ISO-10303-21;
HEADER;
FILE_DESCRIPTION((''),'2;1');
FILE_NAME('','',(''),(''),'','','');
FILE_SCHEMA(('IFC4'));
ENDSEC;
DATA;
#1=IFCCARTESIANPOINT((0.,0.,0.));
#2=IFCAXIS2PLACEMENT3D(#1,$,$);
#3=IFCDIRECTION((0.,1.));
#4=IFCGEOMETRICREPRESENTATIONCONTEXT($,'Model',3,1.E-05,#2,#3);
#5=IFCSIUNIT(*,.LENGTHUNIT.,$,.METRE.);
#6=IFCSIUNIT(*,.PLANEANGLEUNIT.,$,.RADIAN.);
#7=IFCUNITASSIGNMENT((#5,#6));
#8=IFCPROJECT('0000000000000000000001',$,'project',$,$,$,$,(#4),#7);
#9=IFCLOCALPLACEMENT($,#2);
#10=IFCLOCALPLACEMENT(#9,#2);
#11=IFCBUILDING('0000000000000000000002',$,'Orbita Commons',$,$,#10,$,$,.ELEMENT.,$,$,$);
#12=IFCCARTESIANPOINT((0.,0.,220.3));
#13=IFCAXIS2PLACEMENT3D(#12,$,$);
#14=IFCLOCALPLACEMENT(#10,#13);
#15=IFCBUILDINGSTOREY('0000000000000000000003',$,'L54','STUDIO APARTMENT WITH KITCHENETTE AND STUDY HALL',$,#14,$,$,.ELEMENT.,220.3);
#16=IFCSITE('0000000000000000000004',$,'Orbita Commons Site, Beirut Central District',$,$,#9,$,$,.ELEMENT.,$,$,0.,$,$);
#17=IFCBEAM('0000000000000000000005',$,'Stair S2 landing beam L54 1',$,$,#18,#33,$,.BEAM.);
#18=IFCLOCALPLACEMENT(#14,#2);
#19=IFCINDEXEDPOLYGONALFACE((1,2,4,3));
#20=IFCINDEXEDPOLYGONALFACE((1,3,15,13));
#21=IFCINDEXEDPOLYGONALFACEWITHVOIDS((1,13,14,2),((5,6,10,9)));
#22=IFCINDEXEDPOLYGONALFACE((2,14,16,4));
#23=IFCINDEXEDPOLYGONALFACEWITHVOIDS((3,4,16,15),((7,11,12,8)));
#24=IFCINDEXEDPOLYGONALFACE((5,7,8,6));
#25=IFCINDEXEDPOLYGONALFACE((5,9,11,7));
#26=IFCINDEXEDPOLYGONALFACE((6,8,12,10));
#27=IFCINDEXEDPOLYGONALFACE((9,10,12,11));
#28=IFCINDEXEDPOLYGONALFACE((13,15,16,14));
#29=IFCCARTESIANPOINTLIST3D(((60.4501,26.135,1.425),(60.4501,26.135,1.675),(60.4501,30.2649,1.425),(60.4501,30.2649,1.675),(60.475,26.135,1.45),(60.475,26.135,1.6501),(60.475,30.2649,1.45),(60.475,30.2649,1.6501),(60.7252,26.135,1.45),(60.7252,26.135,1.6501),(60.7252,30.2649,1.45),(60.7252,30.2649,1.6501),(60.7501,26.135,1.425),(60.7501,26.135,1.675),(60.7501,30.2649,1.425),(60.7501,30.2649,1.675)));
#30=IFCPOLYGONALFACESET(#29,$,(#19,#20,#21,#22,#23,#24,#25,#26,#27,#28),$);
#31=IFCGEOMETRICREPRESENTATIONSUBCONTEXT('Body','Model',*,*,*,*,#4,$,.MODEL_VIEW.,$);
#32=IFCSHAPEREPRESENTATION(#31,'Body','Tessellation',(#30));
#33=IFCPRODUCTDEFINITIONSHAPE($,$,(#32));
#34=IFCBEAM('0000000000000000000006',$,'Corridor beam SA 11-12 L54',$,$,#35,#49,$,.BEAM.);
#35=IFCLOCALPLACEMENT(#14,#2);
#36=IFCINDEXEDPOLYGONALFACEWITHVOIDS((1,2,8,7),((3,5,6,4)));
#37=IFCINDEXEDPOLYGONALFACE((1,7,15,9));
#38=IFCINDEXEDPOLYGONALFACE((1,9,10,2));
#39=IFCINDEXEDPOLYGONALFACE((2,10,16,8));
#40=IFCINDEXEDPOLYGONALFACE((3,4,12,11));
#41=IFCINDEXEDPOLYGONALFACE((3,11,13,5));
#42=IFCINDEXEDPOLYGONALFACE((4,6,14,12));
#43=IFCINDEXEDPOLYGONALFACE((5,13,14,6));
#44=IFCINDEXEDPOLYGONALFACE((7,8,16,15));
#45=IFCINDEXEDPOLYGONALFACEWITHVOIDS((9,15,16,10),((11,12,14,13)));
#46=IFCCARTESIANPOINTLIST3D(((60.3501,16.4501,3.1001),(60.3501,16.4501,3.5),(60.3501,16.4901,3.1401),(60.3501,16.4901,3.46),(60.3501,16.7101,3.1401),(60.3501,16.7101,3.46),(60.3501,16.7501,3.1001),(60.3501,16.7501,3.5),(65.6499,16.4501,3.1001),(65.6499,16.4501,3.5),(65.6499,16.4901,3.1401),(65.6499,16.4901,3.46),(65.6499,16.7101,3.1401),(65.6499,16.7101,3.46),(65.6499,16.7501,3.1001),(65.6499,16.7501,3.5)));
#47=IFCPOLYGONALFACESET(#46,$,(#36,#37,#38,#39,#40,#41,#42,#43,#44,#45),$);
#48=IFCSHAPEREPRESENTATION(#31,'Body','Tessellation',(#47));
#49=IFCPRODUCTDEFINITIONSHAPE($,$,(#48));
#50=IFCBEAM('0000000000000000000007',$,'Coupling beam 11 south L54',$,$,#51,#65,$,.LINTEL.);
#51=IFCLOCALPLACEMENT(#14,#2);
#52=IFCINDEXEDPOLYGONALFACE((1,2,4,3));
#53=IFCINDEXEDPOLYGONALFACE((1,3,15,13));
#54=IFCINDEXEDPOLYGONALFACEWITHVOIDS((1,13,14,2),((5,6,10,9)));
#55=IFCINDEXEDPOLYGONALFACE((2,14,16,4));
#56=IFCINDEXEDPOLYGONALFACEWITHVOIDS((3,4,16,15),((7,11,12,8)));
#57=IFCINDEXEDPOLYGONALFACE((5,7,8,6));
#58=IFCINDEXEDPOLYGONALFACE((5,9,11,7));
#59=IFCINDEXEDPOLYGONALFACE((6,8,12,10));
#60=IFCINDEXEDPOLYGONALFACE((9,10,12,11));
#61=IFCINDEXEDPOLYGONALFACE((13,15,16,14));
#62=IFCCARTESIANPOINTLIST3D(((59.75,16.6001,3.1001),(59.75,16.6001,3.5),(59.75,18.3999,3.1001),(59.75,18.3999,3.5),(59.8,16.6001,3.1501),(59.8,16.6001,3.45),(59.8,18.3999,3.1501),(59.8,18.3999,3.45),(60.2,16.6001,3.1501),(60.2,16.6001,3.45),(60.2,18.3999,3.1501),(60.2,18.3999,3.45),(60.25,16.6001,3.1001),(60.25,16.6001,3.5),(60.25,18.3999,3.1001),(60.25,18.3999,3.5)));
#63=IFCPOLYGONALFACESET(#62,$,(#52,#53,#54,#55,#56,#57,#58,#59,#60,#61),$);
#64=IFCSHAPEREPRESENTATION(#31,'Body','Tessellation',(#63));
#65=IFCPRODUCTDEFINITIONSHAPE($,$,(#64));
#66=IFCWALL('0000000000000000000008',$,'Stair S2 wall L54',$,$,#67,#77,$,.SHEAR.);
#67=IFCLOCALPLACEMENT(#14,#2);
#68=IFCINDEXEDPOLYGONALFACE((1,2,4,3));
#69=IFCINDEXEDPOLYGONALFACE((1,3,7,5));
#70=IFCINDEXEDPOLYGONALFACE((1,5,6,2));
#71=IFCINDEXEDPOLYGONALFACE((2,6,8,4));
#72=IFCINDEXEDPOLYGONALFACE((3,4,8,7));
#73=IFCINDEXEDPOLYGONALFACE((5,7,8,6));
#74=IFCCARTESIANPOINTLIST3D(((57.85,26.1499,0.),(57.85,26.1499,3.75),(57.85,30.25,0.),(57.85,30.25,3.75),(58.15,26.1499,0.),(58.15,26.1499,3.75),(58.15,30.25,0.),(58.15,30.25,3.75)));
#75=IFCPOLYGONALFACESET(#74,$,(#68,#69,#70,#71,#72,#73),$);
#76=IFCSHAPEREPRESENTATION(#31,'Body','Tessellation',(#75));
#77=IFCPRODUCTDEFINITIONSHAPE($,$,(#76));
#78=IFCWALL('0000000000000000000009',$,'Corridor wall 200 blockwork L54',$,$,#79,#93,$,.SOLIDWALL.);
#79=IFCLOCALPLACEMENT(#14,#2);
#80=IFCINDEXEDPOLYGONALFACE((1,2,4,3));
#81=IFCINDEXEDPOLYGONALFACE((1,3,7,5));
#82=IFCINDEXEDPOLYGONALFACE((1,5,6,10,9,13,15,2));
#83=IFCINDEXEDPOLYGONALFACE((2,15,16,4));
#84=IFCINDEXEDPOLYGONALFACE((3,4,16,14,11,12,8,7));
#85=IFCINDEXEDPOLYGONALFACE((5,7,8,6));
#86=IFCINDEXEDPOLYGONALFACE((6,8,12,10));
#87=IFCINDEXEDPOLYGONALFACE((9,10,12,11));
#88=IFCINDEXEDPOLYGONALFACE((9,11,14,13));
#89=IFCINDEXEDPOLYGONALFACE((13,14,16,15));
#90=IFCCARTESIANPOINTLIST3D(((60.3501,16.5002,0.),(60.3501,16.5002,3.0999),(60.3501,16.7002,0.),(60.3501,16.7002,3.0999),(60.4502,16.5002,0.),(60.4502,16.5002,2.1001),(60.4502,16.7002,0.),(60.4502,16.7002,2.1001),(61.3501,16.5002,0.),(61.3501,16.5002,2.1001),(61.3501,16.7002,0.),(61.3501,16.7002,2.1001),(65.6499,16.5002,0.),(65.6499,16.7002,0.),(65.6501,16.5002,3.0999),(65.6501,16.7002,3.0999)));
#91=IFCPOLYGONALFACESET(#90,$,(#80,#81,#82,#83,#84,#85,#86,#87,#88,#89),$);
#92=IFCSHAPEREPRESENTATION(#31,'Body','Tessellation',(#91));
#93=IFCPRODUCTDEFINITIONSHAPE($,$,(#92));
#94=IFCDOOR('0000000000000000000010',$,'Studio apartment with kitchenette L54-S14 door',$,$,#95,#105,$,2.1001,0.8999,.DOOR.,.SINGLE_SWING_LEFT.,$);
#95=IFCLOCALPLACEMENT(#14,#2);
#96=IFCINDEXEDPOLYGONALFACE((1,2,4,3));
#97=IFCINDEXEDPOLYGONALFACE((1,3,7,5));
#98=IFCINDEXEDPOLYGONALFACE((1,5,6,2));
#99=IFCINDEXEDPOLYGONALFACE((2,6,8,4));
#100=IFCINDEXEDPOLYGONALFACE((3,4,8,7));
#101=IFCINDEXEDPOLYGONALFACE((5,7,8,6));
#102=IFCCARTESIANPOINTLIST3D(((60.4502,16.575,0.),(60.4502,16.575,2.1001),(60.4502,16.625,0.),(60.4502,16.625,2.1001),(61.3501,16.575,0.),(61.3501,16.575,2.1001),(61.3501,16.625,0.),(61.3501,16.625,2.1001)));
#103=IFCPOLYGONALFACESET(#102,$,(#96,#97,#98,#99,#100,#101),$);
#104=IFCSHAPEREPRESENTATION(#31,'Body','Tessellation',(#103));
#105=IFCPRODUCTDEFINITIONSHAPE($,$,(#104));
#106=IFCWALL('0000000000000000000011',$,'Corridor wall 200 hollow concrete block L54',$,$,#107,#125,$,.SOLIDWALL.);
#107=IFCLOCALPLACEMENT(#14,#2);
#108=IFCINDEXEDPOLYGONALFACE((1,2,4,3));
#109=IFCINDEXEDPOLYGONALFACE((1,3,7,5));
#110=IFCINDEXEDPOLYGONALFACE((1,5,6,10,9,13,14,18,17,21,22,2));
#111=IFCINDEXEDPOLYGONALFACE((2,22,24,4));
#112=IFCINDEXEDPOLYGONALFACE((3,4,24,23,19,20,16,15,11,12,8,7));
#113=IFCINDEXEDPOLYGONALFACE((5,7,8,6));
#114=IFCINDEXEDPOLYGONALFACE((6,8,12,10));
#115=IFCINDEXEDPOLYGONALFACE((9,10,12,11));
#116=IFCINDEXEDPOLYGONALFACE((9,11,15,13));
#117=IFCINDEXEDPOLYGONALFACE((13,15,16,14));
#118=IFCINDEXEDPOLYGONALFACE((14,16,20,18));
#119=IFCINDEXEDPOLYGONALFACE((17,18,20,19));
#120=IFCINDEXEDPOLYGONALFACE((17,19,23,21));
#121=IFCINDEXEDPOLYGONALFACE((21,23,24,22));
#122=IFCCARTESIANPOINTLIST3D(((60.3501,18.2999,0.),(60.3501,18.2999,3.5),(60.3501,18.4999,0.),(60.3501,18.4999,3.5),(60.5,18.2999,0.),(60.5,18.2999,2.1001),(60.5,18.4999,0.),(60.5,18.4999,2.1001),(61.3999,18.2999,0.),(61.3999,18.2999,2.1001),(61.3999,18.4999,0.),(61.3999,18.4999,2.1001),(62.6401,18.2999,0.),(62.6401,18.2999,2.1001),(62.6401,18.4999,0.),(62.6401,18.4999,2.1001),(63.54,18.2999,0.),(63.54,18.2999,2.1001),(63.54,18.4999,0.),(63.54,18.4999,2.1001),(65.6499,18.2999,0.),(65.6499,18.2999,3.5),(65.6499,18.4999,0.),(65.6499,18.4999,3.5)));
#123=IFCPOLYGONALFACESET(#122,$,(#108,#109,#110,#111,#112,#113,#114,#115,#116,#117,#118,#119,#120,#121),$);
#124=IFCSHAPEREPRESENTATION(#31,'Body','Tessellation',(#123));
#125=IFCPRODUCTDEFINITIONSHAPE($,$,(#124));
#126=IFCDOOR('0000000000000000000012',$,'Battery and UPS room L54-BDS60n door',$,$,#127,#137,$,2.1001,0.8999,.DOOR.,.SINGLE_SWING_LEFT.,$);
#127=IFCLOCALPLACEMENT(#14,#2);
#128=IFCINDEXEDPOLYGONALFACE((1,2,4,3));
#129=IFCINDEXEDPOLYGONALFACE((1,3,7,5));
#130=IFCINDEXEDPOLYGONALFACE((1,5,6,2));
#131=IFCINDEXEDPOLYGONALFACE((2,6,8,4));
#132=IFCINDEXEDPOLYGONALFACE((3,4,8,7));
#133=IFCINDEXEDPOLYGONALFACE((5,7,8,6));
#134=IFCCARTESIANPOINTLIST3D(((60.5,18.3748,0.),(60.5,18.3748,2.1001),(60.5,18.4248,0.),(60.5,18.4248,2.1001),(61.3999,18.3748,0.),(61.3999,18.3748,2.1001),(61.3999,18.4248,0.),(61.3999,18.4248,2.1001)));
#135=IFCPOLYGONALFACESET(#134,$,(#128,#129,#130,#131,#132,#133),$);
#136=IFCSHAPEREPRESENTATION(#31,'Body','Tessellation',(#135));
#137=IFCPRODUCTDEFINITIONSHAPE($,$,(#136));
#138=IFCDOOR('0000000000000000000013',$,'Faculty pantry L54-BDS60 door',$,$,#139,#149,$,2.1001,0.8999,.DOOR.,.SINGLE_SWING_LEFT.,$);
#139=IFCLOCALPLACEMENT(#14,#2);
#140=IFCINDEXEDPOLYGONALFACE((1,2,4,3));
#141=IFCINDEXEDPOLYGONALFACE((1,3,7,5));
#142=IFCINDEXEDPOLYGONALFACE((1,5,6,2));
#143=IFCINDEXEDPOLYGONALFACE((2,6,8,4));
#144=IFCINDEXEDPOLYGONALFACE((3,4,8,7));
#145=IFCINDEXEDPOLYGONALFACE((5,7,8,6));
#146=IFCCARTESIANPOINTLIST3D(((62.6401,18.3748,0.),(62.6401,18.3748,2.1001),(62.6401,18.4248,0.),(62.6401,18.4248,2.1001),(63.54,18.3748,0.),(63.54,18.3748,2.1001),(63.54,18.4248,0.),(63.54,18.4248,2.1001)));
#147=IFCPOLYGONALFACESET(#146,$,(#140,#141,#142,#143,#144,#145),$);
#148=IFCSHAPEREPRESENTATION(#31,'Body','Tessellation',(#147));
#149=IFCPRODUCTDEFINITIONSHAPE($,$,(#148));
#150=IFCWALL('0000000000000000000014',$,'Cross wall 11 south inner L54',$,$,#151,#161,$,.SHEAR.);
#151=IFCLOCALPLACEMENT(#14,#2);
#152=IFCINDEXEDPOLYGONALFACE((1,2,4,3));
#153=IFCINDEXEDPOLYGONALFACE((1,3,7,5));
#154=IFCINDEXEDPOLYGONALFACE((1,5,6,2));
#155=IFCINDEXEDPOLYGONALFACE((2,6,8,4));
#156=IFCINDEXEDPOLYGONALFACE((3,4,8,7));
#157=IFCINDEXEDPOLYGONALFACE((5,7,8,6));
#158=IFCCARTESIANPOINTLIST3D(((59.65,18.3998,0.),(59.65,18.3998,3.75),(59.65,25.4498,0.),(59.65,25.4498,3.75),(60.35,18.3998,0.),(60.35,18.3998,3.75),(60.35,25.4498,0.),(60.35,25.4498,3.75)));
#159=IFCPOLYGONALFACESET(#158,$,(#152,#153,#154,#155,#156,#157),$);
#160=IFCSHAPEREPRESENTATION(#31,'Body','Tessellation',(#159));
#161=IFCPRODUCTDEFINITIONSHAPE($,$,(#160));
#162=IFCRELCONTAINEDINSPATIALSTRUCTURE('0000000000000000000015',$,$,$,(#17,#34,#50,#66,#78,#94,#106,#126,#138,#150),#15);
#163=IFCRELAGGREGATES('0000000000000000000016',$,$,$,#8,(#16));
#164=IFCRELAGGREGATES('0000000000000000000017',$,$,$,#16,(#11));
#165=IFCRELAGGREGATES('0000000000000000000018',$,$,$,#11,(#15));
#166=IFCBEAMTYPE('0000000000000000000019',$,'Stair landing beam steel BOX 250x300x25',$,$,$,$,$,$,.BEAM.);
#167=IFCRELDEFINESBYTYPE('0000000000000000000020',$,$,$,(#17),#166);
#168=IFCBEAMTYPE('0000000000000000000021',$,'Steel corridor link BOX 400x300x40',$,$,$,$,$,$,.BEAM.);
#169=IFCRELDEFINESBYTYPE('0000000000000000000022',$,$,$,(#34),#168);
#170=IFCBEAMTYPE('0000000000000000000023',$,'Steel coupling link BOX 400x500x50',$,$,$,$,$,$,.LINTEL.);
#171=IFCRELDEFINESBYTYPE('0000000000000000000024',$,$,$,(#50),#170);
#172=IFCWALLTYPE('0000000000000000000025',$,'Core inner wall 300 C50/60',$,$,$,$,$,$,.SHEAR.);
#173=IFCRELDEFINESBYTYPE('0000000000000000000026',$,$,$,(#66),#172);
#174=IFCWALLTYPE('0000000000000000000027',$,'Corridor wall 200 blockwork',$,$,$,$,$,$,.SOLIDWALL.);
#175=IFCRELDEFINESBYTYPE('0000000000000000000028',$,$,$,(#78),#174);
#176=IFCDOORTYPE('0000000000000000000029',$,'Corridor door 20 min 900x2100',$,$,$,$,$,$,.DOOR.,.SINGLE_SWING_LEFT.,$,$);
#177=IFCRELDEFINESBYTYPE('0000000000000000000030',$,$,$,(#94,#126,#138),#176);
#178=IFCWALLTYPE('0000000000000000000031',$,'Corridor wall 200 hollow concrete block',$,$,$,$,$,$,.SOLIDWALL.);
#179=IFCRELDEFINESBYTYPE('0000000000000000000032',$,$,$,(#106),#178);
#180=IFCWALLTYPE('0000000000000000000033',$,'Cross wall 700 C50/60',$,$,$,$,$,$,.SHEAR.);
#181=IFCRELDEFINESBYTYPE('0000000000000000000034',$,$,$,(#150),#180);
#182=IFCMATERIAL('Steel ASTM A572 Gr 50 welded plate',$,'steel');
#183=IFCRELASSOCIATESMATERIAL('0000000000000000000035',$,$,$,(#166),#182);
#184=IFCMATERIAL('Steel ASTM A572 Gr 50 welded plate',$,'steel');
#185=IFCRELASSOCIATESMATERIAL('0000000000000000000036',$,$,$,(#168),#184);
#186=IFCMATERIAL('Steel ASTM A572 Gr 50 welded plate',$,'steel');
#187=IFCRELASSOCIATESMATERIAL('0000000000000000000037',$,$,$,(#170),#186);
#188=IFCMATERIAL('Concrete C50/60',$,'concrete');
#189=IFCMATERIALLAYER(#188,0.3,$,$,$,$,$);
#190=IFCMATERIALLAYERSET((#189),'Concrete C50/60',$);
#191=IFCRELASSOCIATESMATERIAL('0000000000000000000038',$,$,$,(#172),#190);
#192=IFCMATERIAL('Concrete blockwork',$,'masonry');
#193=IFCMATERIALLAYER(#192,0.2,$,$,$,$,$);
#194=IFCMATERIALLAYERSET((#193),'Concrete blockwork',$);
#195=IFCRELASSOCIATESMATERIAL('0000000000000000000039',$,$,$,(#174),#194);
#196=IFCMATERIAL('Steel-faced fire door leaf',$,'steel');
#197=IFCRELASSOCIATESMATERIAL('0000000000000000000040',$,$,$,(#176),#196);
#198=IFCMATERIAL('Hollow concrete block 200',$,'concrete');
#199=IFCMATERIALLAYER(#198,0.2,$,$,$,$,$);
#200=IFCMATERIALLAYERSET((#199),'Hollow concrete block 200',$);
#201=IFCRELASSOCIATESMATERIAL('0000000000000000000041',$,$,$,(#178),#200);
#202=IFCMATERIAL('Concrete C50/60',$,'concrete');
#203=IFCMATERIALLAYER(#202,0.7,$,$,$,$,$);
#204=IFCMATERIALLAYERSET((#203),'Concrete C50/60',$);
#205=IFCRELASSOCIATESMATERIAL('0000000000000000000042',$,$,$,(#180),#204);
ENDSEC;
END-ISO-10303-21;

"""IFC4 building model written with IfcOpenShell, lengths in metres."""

from ifc_helpers import new_model, si_unit, direction, frame, frame_2d, origin, origin_2d, place, context, subcontext, project, spatial, polyline, rectangle, hollow_rectangle, outline, extrude, material, layer, layer_set, material_profile, profile_set, type_object, element, fill, save


model = new_model("IFC4")

# Units and contexts
model_context = context("Model", 3, precision=1e-05, world=origin(), true_north=direction((0.0, 1.0)))
body_context = subcontext(model_context, "Body", "Model", "MODEL_VIEW")
ifc_project = project(units=[si_unit("LENGTHUNIT", "METRE"), si_unit("PLANEANGLEUNIT", "RADIAN")], contexts=[model_context])

# Site, building, storey
site_placement = place(None, origin())
site = spatial("IfcSite", under=ifc_project, at=site_placement, Name="Orbita Commons Site, Beirut Central District", CompositionType="ELEMENT", RefElevation=0.0)
building_placement = place(site_placement, origin())
building = spatial("IfcBuilding", under=site, at=building_placement, Name="Orbita Commons", CompositionType="ELEMENT")
storey_placement = place(building_placement, frame((0.0, 0.0, 220.3)))
storey = spatial("IfcBuildingStorey", under=building, at=storey_placement, Name="L54", Description="STUDIO APARTMENT WITH KITCHENETTE AND STUDY HALL", CompositionType="ELEMENT", Elevation=220.3)

# Beams
ifc_material_1 = material(Name="Steel ASTM A572 Gr 50 welded plate", Category="steel")
ifc_material_profile_1 = material_profile(ifc_material_1, hollow_rectangle(XDim=0.3, YDim=0.25, WallThickness=0.0249, at=origin_2d()), Name="BOX 250x300x25")
ifc_profile_set_1 = profile_set([ifc_material_profile_1], Name="Steel ASTM A572 Gr 50 welded plate")
beam_type_1 = type_object("IfcBeamType", Name="Stair landing beam steel BOX 250x300x25", PredefinedType="BEAM", material=ifc_profile_set_1)
beam_1_placement = place(storey_placement, frame((60.6001, 26.135, 1.55), z_axis=(0.0, 1.0, 0.0), x_axis=(-1.0, 0.0, 0.0)))
element("IfcBeam", 1, at=beam_1_placement, inside=storey, type_object=beam_type_1, Name="Stair S2 landing beam L54 1", PredefinedType="BEAM", context=body_context, shape_type="SweptSolid", body=[
    extrude(hollow_rectangle(XDim=0.3, YDim=0.25, WallThickness=0.0249, at=origin_2d()), origin(), (0.0, 0.0, 1.0), 4.1299),
])
ifc_material_2 = material(Name="Steel ASTM A572 Gr 50 welded plate", Category="steel")
ifc_material_profile_2 = material_profile(ifc_material_2, hollow_rectangle(XDim=0.3, YDim=0.3999, WallThickness=0.04, at=origin_2d()), Name="BOX 400x300x40")
ifc_profile_set_2 = profile_set([ifc_material_profile_2], Name="Steel ASTM A572 Gr 50 welded plate")
beam_type_2 = type_object("IfcBeamType", Name="Steel corridor link BOX 400x300x40", PredefinedType="BEAM", material=ifc_profile_set_2)
beam_2_placement = place(storey_placement, frame((60.3501, 16.6001, 3.3), z_axis=(1.0, 0.0, 0.0), x_axis=(0.0, 1.0, 0.0)))
element("IfcBeam", 2, at=beam_2_placement, inside=storey, type_object=beam_type_2, Name="Corridor beam SA 11-12 L54", PredefinedType="BEAM", context=body_context, shape_type="SweptSolid", body=[
    extrude(hollow_rectangle(XDim=0.3, YDim=0.3999, WallThickness=0.04, at=origin_2d()), origin(), (0.0, 0.0, 1.0), 5.2998),
])
ifc_material_3 = material(Name="Steel ASTM A572 Gr 50 welded plate", Category="steel")
ifc_material_profile_3 = material_profile(ifc_material_3, hollow_rectangle(XDim=0.5, YDim=0.3999, WallThickness=0.05, at=origin_2d()), Name="BOX 400x500x50")
ifc_profile_set_3 = profile_set([ifc_material_profile_3], Name="Steel ASTM A572 Gr 50 welded plate")
beam_type_3 = type_object("IfcBeamType", Name="Steel coupling link BOX 400x500x50", PredefinedType="LINTEL", material=ifc_profile_set_3)
beam_3_placement = place(storey_placement, frame((60.0, 16.6001, 3.3), z_axis=(0.0, 1.0, 0.0), x_axis=(-1.0, 0.0, 0.0)))
element("IfcBeam", 3, at=beam_3_placement, inside=storey, type_object=beam_type_3, Name="Coupling beam 11 south L54", PredefinedType="LINTEL", context=body_context, shape_type="SweptSolid", body=[
    extrude(hollow_rectangle(XDim=0.5, YDim=0.3999, WallThickness=0.05, at=origin_2d()), origin(), (0.0, 0.0, 1.0), 1.7998),
])

# Wall
ifc_material_4 = material(Name="Concrete C50/60", Category="concrete")
ifc_layer_1 = layer(ifc_material_4, 0.3)
ifc_layer_set_1 = layer_set([ifc_layer_1], Name="Concrete C50/60")
wall_type_1 = type_object("IfcWallType", Name="Core inner wall 300 C50/60", PredefinedType="SHEAR", material=ifc_layer_set_1)
wall_1_placement = place(storey_placement, frame((58.0, 26.1499, 0.0), z_axis=(0.0, 0.0, 1.0), x_axis=(0.0, 1.0, 0.0)))
element("IfcWall", 4, at=wall_1_placement, inside=storey, type_object=wall_type_1, Name="Stair S2 wall L54", PredefinedType="SHEAR", context=body_context, shape_type="SweptSolid", body=[
    extrude(rectangle(XDim=4.1001, YDim=0.3, at=frame_2d((2.05, 0.0))), origin(), (0.0, 0.0, 1.0), 3.75),
])

# Wall, opening, door
ifc_material_5 = material(Name="Concrete blockwork", Category="masonry")
ifc_layer_2 = layer(ifc_material_5, 0.2)
ifc_layer_set_2 = layer_set([ifc_layer_2], Name="Concrete blockwork")
wall_type_2 = type_object("IfcWallType", Name="Corridor wall 200 blockwork", PredefinedType="SOLIDWALL", material=ifc_layer_set_2)
wall_2_placement = place(storey_placement, frame((60.3501, 16.6001, 0.0), z_axis=(0.0, 0.0, 1.0), x_axis=(1.0, 0.0, 0.0)))
wall_2 = element("IfcWall", 5, at=wall_2_placement, inside=storey, type_object=wall_type_2, Name="Corridor wall 200 blockwork L54", PredefinedType="SOLIDWALL", context=body_context, shape_type="SweptSolid", body=[
    extrude(outline(polyline([(0.0, 0.0), (5.2998, 0.0), (5.3, 3.0999), (0.0, 3.0999), (0.0, 0.0)])), frame((0.0, 0.1001, 0.0), z_axis=(0.0, -1.0, 0.0), x_axis=(1.0, 0.0, 0.0)), (0.0, 0.0, 1.0), 0.2),
])
opening_1_placement = place(wall_2_placement, frame((0.1001, 0.0, 0.0)))
opening_1 = element("IfcOpeningElement", 6, at=opening_1_placement, cuts=wall_2, PredefinedType="OPENING", context=body_context, shape_type="SweptSolid", body=[
    extrude(rectangle(XDim=0.8999, YDim=2.1001, at=frame_2d((0.45, 1.05))), frame((0.0, 0.1099, 0.0), z_axis=(0.0, -1.0, 0.0), x_axis=(1.0, 0.0, 0.0)), (0.0, 0.0, 1.0), 0.22),
])
ifc_material_6 = material(Name="Steel-faced fire door leaf", Category="steel")
door_type_1 = type_object("IfcDoorType", Name="Corridor door 20 min 900x2100", OperationType="SINGLE_SWING_LEFT", PredefinedType="DOOR", material=ifc_material_6)
door_1_placement = place(opening_1_placement, origin())
door_1 = element("IfcDoor", 7, at=door_1_placement, inside=storey, type_object=door_type_1, Name="Studio apartment with kitchenette L54-S14 door", OperationType="SINGLE_SWING_LEFT", OverallHeight=2.1001, OverallWidth=0.8999, PredefinedType="DOOR", context=body_context, shape_type="SweptSolid", body=[
    extrude(rectangle(XDim=0.8999, YDim=2.1001, at=frame_2d((0.45, 1.05))), frame((0.0, 0.0249, 0.0), z_axis=(0.0, -1.0, 0.0), x_axis=(1.0, 0.0, 0.0)), (0.0, 0.0, 1.0), 0.05),
])
fill(opening_1, door_1)

# Wall, openings, doors
ifc_material_7 = material(Name="Hollow concrete block 200", Category="concrete")
ifc_layer_3 = layer(ifc_material_7, 0.2)
ifc_layer_set_3 = layer_set([ifc_layer_3], Name="Hollow concrete block 200")
wall_type_3 = type_object("IfcWallType", Name="Corridor wall 200 hollow concrete block", PredefinedType="SOLIDWALL", material=ifc_layer_set_3)
wall_3_placement = place(storey_placement, frame((60.3501, 18.3999, 0.0), z_axis=(0.0, 0.0, 1.0), x_axis=(1.0, 0.0, 0.0)))
wall_3 = element("IfcWall", 8, at=wall_3_placement, inside=storey, type_object=wall_type_3, Name="Corridor wall 200 hollow concrete block L54", PredefinedType="SOLIDWALL", context=body_context, shape_type="SweptSolid", body=[
    extrude(rectangle(XDim=5.2998, YDim=0.2, at=frame_2d((2.6499, 0.0))), origin(), (0.0, 0.0, 1.0), 3.5),
])
opening_2_placement = place(wall_3_placement, frame((0.1499, 0.0, 0.0)))
opening_2 = element("IfcOpeningElement", 9, at=opening_2_placement, cuts=wall_3, PredefinedType="OPENING", context=body_context, shape_type="SweptSolid", body=[
    extrude(rectangle(XDim=0.8999, YDim=2.1001, at=frame_2d((0.45, 1.05))), frame((0.0, 0.1099, 0.0), z_axis=(0.0, -1.0, 0.0), x_axis=(1.0, 0.0, 0.0)), (0.0, 0.0, 1.0), 0.22),
])
opening_3_placement = place(wall_3_placement, frame((2.29, 0.0, 0.0)))
opening_3 = element("IfcOpeningElement", 10, at=opening_3_placement, cuts=wall_3, PredefinedType="OPENING", context=body_context, shape_type="SweptSolid", body=[
    extrude(rectangle(XDim=0.8999, YDim=2.1001, at=frame_2d((0.45, 1.05))), frame((0.0, 0.1099, 0.0), z_axis=(0.0, -1.0, 0.0), x_axis=(1.0, 0.0, 0.0)), (0.0, 0.0, 1.0), 0.22),
])
door_2_placement = place(opening_2_placement, origin())
door_2 = element("IfcDoor", 11, at=door_2_placement, inside=storey, type_object=door_type_1, Name="Battery and UPS room L54-BDS60n door", OperationType="SINGLE_SWING_LEFT", OverallHeight=2.1001, OverallWidth=0.8999, PredefinedType="DOOR", context=body_context, shape_type="SweptSolid", body=[
    extrude(rectangle(XDim=0.8999, YDim=2.1001, at=frame_2d((0.45, 1.05))), frame((0.0, 0.0249, 0.0), z_axis=(0.0, -1.0, 0.0), x_axis=(1.0, 0.0, 0.0)), (0.0, 0.0, 1.0), 0.05),
])
fill(opening_2, door_2)
door_3_placement = place(opening_3_placement, origin())
door_3 = element("IfcDoor", 12, at=door_3_placement, inside=storey, type_object=door_type_1, Name="Faculty pantry L54-BDS60 door", OperationType="SINGLE_SWING_LEFT", OverallHeight=2.1001, OverallWidth=0.8999, PredefinedType="DOOR", context=body_context, shape_type="SweptSolid", body=[
    extrude(rectangle(XDim=0.8999, YDim=2.1001, at=frame_2d((0.45, 1.05))), frame((0.0, 0.0249, 0.0), z_axis=(0.0, -1.0, 0.0), x_axis=(1.0, 0.0, 0.0)), (0.0, 0.0, 1.0), 0.05),
])
fill(opening_3, door_3)

# Wall
ifc_material_8 = material(Name="Concrete C50/60", Category="concrete")
ifc_layer_4 = layer(ifc_material_8, 0.7)
ifc_layer_set_4 = layer_set([ifc_layer_4], Name="Concrete C50/60")
wall_type_4 = type_object("IfcWallType", Name="Cross wall 700 C50/60", PredefinedType="SHEAR", material=ifc_layer_set_4)
wall_4_placement = place(storey_placement, frame((60.0, 18.3999, 0.0), z_axis=(0.0, 0.0, 1.0), x_axis=(0.0, 1.0, 0.0)))
element("IfcWall", 13, at=wall_4_placement, inside=storey, type_object=wall_type_4, Name="Cross wall 11 south inner L54", PredefinedType="SHEAR", context=body_context, shape_type="SweptSolid", body=[
    extrude(rectangle(XDim=7.05, YDim=0.7, at=frame_2d((3.5249, 0.0))), origin(), (0.0, 0.0, 1.0), 3.75),
])

save(model, "model.ifc")
